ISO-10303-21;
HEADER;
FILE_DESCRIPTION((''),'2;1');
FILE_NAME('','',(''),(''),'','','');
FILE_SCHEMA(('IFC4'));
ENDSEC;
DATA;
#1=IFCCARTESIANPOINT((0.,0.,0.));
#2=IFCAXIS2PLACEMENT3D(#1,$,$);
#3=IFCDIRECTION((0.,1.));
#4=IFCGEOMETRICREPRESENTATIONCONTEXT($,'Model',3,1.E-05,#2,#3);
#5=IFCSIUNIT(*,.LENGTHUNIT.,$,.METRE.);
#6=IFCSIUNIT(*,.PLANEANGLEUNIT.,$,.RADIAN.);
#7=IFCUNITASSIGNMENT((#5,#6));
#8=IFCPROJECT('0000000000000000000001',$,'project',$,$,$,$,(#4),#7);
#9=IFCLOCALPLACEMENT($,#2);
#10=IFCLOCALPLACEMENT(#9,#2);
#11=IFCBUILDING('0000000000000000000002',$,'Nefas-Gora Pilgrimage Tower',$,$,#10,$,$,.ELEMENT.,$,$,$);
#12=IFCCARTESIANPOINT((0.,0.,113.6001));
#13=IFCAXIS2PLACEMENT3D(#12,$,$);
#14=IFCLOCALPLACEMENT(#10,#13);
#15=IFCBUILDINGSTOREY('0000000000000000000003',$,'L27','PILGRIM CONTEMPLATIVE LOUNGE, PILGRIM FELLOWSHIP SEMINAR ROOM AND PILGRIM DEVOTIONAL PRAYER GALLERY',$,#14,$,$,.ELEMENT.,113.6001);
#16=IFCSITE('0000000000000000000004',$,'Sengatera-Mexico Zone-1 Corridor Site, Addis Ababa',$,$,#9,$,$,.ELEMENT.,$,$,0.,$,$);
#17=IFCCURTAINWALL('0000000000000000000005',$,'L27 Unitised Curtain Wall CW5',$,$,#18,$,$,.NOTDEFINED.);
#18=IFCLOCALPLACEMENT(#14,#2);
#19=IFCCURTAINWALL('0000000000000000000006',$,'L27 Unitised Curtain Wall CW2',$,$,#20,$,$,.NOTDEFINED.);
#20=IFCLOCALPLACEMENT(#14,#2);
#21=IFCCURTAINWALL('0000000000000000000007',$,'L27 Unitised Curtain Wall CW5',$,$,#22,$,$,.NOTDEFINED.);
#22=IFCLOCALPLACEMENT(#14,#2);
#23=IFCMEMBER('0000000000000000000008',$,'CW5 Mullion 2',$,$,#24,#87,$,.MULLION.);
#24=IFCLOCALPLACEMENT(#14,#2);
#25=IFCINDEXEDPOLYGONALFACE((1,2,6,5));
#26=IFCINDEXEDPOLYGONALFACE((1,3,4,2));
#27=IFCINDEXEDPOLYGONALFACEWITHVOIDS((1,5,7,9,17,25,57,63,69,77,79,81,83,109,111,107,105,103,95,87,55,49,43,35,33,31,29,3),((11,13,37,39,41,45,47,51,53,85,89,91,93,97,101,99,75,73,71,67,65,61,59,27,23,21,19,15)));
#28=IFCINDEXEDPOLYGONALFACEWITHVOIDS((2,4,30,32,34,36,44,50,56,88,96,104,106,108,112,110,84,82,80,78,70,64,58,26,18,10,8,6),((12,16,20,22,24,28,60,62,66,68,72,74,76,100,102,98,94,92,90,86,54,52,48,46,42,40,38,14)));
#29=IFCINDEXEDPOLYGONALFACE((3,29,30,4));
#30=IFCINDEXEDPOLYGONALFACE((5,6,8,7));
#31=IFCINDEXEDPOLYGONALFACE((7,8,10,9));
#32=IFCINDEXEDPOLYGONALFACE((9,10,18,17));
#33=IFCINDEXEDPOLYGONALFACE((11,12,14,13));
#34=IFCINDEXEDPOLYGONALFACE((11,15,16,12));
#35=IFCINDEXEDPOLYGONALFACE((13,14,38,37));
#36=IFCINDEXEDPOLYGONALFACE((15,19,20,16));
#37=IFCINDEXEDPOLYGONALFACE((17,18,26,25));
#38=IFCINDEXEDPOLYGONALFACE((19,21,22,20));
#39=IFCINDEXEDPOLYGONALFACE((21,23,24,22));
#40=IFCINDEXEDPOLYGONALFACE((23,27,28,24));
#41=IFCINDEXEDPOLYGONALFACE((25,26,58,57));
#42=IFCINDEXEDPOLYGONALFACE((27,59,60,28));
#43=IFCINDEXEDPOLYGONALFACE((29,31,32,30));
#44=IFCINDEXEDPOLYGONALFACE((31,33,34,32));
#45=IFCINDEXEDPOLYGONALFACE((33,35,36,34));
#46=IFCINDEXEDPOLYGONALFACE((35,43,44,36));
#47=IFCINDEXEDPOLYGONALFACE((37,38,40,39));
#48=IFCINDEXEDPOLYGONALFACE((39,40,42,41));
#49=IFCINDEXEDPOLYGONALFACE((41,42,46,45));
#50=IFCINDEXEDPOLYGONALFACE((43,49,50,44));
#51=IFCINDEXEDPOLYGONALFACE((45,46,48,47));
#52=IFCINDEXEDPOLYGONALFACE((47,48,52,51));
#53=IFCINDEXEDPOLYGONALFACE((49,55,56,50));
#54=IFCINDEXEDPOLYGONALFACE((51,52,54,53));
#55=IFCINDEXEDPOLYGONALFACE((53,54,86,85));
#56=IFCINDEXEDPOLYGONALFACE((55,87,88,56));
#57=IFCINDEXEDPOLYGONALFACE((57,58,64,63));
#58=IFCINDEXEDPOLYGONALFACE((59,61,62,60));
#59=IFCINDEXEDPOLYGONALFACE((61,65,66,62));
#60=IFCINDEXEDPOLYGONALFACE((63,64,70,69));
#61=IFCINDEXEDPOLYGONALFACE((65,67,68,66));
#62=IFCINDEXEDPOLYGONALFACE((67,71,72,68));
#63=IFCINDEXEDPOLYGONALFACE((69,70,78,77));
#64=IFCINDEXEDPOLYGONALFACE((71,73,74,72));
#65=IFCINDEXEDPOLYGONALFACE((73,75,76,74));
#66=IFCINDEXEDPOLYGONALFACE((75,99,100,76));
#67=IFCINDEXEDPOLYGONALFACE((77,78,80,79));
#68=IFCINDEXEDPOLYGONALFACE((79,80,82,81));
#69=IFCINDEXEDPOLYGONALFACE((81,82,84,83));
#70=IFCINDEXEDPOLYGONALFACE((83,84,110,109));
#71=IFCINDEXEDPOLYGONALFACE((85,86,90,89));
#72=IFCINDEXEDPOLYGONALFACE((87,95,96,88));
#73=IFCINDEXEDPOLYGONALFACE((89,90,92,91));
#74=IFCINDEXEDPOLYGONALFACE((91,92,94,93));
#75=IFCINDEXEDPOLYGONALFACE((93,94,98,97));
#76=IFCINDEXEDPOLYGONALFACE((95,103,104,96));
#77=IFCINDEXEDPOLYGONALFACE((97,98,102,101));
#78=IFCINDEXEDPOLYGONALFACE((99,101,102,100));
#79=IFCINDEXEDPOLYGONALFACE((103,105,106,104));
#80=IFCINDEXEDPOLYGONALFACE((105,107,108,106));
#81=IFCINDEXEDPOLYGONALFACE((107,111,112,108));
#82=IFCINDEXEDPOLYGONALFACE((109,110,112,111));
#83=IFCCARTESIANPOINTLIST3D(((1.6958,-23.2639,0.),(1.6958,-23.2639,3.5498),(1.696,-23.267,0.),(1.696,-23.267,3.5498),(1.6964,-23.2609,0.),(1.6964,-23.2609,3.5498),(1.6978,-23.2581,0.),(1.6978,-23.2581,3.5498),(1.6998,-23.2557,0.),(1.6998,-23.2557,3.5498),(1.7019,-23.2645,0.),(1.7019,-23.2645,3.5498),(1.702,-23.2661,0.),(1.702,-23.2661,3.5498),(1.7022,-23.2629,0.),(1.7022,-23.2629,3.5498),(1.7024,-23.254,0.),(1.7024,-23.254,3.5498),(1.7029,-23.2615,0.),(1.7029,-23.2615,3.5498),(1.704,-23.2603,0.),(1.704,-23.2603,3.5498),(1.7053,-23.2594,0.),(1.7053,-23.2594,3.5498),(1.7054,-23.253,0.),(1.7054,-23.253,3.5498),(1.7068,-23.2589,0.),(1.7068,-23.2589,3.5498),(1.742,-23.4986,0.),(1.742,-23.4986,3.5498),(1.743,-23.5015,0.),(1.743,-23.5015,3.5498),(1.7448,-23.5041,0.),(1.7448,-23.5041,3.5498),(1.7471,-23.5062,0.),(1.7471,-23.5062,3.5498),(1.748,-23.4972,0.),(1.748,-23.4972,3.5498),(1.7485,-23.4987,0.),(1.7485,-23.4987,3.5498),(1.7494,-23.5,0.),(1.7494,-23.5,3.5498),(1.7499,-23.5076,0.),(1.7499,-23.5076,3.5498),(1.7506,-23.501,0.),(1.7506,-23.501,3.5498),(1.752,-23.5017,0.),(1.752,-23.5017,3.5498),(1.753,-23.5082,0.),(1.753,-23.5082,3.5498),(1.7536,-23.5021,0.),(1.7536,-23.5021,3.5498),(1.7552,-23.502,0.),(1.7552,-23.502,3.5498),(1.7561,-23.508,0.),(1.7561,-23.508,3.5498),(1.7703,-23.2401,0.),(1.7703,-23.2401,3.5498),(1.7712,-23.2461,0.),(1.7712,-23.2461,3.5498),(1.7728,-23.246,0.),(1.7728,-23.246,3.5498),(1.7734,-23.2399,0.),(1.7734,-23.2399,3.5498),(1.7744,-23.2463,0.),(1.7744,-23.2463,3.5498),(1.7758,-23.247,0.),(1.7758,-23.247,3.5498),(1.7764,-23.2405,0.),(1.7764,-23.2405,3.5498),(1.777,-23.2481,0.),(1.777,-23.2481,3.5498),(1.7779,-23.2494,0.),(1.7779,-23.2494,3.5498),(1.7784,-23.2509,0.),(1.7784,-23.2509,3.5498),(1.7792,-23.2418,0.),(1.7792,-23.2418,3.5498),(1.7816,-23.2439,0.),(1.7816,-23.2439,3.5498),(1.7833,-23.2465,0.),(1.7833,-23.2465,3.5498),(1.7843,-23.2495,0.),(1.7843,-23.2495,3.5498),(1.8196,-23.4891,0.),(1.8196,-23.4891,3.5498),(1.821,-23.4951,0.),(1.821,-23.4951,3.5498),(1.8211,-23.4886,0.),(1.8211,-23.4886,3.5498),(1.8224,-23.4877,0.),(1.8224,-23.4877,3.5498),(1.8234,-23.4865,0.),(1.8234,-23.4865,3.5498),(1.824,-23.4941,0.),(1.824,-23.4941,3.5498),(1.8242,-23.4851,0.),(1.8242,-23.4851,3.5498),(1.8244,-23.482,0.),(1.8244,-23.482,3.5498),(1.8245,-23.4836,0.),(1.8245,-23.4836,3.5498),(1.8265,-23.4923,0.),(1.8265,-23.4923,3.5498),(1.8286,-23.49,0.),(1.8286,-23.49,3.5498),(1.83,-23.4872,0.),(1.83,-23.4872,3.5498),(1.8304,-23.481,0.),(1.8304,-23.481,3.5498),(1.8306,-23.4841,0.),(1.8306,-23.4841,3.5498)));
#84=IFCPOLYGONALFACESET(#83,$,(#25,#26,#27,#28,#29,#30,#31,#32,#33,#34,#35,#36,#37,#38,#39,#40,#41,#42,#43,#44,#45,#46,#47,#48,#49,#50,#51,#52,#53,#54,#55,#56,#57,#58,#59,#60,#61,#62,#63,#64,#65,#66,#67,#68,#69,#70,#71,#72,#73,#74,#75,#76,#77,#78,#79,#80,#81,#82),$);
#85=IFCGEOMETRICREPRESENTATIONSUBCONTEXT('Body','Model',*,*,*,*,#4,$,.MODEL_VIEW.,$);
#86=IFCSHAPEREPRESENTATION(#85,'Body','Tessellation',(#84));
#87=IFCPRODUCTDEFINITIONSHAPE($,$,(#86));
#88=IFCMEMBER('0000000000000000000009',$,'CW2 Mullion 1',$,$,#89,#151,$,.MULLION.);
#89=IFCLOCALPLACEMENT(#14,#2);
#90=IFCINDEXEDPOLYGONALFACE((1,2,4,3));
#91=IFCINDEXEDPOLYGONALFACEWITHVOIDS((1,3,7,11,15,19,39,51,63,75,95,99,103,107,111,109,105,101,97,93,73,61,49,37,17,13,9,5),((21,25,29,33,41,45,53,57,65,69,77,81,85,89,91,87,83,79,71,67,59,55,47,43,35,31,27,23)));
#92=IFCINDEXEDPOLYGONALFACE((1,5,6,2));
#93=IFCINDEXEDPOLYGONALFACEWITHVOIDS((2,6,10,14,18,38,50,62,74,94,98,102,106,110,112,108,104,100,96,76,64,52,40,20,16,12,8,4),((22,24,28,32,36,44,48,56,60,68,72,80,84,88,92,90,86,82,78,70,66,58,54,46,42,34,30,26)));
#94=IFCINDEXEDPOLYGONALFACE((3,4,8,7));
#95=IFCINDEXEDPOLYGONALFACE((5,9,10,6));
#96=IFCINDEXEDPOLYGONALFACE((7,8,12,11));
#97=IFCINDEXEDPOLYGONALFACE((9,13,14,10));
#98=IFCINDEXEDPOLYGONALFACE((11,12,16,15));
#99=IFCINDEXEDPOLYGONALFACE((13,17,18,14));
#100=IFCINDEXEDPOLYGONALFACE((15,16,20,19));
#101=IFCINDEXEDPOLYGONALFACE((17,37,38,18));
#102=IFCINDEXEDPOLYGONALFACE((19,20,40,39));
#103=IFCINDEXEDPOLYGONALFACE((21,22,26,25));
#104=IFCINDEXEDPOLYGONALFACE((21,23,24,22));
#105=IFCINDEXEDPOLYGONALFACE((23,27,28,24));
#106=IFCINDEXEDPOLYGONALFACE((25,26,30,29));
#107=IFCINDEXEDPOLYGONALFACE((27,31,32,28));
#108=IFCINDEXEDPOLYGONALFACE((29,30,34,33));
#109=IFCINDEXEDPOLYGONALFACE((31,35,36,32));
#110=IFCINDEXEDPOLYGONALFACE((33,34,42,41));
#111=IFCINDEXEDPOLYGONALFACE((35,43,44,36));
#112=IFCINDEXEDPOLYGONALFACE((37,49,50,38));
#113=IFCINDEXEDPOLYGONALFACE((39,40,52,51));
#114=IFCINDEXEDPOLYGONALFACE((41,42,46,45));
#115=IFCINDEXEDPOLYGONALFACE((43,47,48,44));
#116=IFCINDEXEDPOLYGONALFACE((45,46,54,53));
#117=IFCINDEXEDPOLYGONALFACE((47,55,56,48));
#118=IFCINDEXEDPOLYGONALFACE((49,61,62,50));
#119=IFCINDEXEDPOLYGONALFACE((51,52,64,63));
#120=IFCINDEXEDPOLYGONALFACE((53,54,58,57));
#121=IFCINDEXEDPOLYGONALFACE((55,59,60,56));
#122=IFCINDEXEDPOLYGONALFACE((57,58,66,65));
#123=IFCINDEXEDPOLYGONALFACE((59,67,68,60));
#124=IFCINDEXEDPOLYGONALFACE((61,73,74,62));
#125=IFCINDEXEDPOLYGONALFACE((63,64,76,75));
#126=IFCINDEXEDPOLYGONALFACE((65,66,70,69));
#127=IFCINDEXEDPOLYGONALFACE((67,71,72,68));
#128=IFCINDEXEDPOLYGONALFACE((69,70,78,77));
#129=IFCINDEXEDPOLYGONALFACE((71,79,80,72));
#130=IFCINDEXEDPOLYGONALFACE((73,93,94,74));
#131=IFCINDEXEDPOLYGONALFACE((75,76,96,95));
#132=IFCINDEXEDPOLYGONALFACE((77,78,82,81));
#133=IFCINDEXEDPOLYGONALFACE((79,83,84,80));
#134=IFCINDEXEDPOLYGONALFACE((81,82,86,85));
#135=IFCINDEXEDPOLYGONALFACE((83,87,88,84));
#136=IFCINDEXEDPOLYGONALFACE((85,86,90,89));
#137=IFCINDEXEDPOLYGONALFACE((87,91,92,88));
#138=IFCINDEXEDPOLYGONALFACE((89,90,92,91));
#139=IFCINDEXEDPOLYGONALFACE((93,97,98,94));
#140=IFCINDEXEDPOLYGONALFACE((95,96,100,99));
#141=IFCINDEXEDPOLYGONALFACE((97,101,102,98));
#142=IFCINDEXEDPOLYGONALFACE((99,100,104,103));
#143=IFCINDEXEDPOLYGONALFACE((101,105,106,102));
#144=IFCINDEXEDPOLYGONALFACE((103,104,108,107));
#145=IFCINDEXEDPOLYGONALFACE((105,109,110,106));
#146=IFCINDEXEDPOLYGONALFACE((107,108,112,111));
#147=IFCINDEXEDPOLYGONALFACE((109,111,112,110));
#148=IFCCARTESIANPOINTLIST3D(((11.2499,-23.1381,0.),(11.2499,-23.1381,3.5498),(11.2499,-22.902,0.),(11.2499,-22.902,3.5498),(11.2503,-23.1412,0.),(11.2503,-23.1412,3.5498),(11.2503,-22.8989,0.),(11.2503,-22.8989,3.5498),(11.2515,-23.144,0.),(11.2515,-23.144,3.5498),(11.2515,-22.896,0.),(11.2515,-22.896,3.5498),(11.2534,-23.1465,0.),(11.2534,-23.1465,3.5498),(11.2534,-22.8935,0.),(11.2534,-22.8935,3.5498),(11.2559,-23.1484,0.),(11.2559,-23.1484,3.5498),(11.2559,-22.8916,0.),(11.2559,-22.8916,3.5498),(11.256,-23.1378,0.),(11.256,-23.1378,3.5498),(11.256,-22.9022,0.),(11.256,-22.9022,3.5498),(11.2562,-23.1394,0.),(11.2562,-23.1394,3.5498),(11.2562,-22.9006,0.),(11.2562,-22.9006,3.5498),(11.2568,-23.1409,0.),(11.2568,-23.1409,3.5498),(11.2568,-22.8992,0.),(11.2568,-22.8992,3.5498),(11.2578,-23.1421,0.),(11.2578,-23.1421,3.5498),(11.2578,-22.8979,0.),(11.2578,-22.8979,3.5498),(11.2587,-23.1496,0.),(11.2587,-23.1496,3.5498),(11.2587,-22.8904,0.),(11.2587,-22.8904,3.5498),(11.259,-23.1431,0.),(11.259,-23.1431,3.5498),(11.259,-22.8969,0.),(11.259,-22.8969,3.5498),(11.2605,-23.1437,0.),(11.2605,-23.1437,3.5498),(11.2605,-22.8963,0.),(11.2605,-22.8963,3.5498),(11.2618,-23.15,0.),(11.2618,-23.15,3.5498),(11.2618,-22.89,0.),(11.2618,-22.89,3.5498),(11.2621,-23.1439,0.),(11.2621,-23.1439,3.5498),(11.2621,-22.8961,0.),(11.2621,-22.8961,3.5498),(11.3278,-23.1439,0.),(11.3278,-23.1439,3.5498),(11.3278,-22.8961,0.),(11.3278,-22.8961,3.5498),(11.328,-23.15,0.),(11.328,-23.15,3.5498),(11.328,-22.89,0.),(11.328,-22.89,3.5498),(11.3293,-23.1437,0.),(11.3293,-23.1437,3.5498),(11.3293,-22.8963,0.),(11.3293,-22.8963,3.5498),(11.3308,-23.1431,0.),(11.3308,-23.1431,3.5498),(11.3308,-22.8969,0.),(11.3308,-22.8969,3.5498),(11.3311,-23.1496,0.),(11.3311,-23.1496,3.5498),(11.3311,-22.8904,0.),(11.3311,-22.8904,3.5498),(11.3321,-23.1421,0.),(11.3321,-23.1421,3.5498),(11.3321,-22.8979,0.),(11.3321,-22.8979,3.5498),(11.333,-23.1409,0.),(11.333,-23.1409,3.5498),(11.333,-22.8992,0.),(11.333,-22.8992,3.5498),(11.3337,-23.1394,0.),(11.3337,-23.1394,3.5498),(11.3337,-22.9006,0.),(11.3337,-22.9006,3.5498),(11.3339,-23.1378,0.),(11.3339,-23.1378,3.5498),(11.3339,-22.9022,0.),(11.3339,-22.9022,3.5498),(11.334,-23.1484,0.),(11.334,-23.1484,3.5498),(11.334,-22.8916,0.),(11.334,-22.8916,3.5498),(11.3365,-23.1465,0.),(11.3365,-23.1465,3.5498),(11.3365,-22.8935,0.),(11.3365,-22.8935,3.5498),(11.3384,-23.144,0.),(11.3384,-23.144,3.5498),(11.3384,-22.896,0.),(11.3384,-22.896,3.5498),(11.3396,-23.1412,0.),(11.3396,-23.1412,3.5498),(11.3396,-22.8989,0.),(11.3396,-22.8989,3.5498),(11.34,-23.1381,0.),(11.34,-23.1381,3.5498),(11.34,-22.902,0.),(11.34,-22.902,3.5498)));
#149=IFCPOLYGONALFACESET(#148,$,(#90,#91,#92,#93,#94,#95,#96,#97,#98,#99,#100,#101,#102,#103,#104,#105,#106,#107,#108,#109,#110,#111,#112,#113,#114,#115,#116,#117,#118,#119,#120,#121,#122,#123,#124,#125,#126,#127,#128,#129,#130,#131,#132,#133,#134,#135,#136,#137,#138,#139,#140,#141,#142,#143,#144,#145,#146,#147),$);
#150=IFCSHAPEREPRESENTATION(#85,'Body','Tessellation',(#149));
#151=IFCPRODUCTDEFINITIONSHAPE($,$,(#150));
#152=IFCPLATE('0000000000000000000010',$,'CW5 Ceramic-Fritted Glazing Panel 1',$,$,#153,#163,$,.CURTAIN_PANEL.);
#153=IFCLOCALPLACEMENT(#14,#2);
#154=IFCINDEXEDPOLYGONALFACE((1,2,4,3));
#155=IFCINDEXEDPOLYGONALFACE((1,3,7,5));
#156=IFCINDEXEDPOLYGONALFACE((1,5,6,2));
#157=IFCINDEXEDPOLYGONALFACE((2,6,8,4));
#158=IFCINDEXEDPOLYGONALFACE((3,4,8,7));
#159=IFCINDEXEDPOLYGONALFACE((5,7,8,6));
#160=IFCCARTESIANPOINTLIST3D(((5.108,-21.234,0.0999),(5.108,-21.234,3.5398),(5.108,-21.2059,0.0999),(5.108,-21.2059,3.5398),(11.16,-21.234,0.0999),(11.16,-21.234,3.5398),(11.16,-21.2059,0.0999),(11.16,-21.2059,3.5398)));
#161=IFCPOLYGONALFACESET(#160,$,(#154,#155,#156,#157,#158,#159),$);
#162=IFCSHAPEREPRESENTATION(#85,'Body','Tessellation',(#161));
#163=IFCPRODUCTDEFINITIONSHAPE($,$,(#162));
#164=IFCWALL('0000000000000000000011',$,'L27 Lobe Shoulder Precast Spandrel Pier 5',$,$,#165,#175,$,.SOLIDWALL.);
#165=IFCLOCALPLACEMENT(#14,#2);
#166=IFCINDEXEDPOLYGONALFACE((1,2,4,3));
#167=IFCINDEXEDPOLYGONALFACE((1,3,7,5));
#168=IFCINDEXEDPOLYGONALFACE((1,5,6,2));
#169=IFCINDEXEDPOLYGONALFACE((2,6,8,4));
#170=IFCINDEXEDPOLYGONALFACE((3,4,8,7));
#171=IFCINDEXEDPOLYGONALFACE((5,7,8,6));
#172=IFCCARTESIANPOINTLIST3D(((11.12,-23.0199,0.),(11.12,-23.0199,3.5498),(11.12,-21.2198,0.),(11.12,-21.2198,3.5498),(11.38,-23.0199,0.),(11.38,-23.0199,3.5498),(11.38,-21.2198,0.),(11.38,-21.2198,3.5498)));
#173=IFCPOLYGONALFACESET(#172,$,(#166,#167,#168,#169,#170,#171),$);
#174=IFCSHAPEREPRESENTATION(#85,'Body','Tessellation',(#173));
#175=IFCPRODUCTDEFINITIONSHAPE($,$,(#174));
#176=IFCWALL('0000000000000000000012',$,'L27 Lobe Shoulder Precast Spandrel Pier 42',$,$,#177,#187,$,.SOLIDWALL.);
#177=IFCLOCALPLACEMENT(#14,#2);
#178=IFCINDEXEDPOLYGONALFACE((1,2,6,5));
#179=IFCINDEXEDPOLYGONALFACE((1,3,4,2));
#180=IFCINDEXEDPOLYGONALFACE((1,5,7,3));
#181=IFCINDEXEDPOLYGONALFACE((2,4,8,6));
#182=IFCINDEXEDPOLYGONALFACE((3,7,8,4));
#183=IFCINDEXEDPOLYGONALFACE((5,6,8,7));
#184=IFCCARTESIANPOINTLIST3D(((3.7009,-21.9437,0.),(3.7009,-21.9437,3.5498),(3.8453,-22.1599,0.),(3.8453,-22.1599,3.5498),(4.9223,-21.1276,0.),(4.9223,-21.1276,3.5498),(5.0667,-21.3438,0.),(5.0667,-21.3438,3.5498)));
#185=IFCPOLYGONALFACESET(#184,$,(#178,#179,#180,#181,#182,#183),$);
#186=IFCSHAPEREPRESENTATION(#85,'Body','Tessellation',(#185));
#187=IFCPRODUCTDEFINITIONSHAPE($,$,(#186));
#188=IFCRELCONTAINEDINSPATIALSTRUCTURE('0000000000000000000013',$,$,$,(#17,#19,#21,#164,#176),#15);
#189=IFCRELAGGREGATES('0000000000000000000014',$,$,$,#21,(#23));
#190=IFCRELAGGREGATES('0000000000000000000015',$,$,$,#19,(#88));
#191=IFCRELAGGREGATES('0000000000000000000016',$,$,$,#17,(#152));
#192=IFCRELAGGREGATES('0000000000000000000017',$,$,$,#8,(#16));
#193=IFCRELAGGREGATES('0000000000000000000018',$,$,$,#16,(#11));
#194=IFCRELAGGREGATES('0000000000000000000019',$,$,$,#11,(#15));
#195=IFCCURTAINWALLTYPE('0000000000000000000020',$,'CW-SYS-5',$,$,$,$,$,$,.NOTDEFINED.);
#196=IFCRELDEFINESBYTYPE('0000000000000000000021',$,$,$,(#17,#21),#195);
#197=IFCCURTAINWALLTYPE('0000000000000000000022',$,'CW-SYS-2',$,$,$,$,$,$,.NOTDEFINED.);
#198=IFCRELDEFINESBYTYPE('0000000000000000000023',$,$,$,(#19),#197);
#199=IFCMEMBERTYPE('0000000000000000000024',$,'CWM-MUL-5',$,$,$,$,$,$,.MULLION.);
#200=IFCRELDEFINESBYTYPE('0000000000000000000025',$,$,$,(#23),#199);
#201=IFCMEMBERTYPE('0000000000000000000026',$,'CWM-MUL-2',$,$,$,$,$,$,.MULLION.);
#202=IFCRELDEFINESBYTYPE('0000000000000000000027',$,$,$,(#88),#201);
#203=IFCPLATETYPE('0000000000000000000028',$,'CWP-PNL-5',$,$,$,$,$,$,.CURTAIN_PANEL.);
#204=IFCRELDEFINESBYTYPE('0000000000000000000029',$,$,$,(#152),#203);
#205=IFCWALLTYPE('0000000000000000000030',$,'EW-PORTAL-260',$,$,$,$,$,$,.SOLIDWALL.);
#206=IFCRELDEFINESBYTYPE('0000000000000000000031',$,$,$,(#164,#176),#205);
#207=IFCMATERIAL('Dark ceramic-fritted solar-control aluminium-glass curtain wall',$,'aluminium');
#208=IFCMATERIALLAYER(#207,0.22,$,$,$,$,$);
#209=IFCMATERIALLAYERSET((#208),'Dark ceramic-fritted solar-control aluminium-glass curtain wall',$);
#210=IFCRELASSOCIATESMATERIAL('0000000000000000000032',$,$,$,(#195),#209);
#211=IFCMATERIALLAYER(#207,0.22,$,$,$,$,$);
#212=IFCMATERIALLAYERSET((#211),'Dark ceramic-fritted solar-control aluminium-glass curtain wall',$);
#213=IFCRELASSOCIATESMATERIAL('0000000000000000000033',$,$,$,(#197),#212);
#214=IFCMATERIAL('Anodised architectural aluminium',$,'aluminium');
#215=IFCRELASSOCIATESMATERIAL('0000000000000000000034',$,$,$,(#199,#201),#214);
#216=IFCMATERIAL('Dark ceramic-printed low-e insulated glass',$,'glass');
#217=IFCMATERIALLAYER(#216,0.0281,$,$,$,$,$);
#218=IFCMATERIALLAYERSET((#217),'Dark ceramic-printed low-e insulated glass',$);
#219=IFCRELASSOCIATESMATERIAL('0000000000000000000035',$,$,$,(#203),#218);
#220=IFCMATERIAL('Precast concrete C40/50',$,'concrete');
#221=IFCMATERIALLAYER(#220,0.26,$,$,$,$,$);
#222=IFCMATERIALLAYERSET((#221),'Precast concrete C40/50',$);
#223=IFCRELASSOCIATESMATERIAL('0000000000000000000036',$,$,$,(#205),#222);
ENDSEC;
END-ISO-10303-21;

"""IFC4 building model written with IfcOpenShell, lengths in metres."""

from ifc_helpers import new_model, si_unit, direction, frame, frame_2d, origin, origin_2d, place, context, subcontext, project, spatial, rectangle, hollow_rectangle, extrude, source, transform, mapped, material, layer, layer_set, material_profile, profile_set, type_object, element, aggregate, save


model = new_model("IFC4")

# Units and contexts
model_context = context("Model", 3, precision=1e-05, world=origin(), true_north=direction((0.0, 1.0)))
body_context = subcontext(model_context, "Body", "Model", "MODEL_VIEW")
ifc_project = project(units=[si_unit("LENGTHUNIT", "METRE"), si_unit("PLANEANGLEUNIT", "RADIAN")], contexts=[model_context])

# Site, building, storey
site_placement = place(None, origin())
site = spatial("IfcSite", under=ifc_project, at=site_placement, Name="Sengatera-Mexico Zone-1 Corridor Site, Addis Ababa", CompositionType="ELEMENT", RefElevation=0.0)
building_placement = place(site_placement, origin())
building = spatial("IfcBuilding", under=site, at=building_placement, Name="Nefas-Gora Pilgrimage Tower", CompositionType="ELEMENT")
storey_placement = place(building_placement, frame((0.0, 0.0, 113.6001)))
storey = spatial("IfcBuildingStorey", under=building, at=storey_placement, Name="L27", Description="PILGRIM CONTEMPLATIVE LOUNGE, PILGRIM FELLOWSHIP SEMINAR ROOM AND PILGRIM DEVOTIONAL PRAYER GALLERY", CompositionType="ELEMENT", Elevation=113.6001)

# Curtain walls
ifc_material_1 = material(Name="Dark ceramic-fritted solar-control aluminium-glass curtain wall", Category="aluminium")
ifc_layer_1 = layer(ifc_material_1, 0.22)
ifc_layer_set_1 = layer_set([ifc_layer_1], Name="Dark ceramic-fritted solar-control aluminium-glass curtain wall")
curtain_wall_type_1 = type_object("IfcCurtainWallType", Name="CW-SYS-5", PredefinedType="NOTDEFINED", material=ifc_layer_set_1)
curtain_wall_1_placement = place(storey_placement, origin())
curtain_wall_1 = element("IfcCurtainWall", 1, at=curtain_wall_1_placement, inside=storey, type_object=curtain_wall_type_1, Name="L27 Unitised Curtain Wall CW5", PredefinedType="NOTDEFINED")
ifc_material_2 = material(Name="Anodised architectural aluminium", Category="aluminium")
ifc_layer_2 = layer(ifc_material_1, 0.22)
ifc_layer_set_2 = layer_set([ifc_layer_2], Name="Dark ceramic-fritted solar-control aluminium-glass curtain wall")
curtain_wall_type_2 = type_object("IfcCurtainWallType", Name="CW-SYS-2", PredefinedType="NOTDEFINED", material=ifc_layer_set_2)
curtain_wall_2_placement = place(storey_placement, origin())
curtain_wall_2 = element("IfcCurtainWall", 2, at=curtain_wall_2_placement, inside=storey, type_object=curtain_wall_type_2, Name="L27 Unitised Curtain Wall CW2", PredefinedType="NOTDEFINED")

# Shared definitions
ifc_material_profile_1 = material_profile(ifc_material_2, hollow_rectangle(XDim=0.0901, YDim=0.26, WallThickness=0.0061, InnerFilletRadius=0.0061, OuterFilletRadius=0.012, at=origin_2d()), Name="ALU MULLION 90x260")
ifc_profile_set_1 = profile_set([ifc_material_profile_1], Name="Anodised architectural aluminium")
member_type_1 = type_object("IfcMemberType", Name="CWM-MUL-5", PredefinedType="MULLION", material=ifc_profile_set_1)
shared_shape_1 = source(origin(), body_context, "Body", "SweptSolid", [
    extrude(hollow_rectangle(XDim=0.0901, YDim=0.26, WallThickness=0.0061, InnerFilletRadius=0.0061, OuterFilletRadius=0.012, at=origin_2d()), origin(), (0.0, 0.0, 1.0), 3.5498),
])

# Curtain wall, member
curtain_wall_3_placement = place(storey_placement, origin())
curtain_wall_3 = element("IfcCurtainWall", 3, at=curtain_wall_3_placement, inside=storey, type_object=curtain_wall_type_1, Name="L27 Unitised Curtain Wall CW5", PredefinedType="NOTDEFINED")
member_1_placement = place(storey_placement, frame((1.7632, -23.374, 0.0), z_axis=(0.0, 0.0, 1.0), x_axis=(0.980783, 0.195102, 0.0)))
member_1 = element("IfcMember", 4, at=member_1_placement, type_object=member_type_1, Name="CW5 Mullion 2", PredefinedType="MULLION", context=body_context, shape_type="MappedRepresentation", body=[
    mapped(shared_shape_1, transform((0.0, 0.0, 0.0), x_axis=(1.0, 0.0, 0.0), y_axis=(0.0, 1.0, 0.0), z_axis=(0.0, 0.0, 1.0), scale=1.0)),
])
aggregate(curtain_wall_3, [member_1])

# Member
ifc_material_profile_2 = material_profile(ifc_material_2, hollow_rectangle(XDim=0.0901, YDim=0.26, WallThickness=0.0061, InnerFilletRadius=0.0061, OuterFilletRadius=0.012, at=origin_2d()), Name="ALU MULLION 90x260")
ifc_profile_set_2 = profile_set([ifc_material_profile_2], Name="Anodised architectural aluminium")
member_type_2 = type_object("IfcMemberType", Name="CWM-MUL-2", PredefinedType="MULLION", material=ifc_profile_set_2)
shared_shape_2 = source(origin(), body_context, "Body", "SweptSolid", [
    extrude(hollow_rectangle(XDim=0.0901, YDim=0.26, WallThickness=0.0061, InnerFilletRadius=0.0061, OuterFilletRadius=0.012, at=origin_2d()), origin(), (0.0, 0.0, 1.0), 3.5498),
])
member_2_placement = place(storey_placement, frame((11.2949, -23.02, 0.0), z_axis=(0.0, 0.0, 1.0), x_axis=(1.0, 0.0, 0.0)))
member_2 = element("IfcMember", 5, at=member_2_placement, type_object=member_type_2, Name="CW2 Mullion 1", PredefinedType="MULLION", context=body_context, shape_type="MappedRepresentation", body=[
    mapped(shared_shape_2, transform((0.0, 0.0, 0.0), x_axis=(1.0, 0.0, 0.0), y_axis=(0.0, 1.0, 0.0), z_axis=(0.0, 0.0, 1.0), scale=1.0)),
])
aggregate(curtain_wall_2, [member_2])

# Plate
ifc_material_3 = material(Name="Dark ceramic-printed low-e insulated glass", Category="glass")
ifc_layer_3 = layer(ifc_material_3, 0.0281)
ifc_layer_set_3 = layer_set([ifc_layer_3], Name="Dark ceramic-printed low-e insulated glass")
plate_type = type_object("IfcPlateType", Name="CWP-PNL-5", PredefinedType="CURTAIN_PANEL", material=ifc_layer_set_3)
shared_shape_3 = source(origin(), body_context, "Body", "SweptSolid", [
    extrude(rectangle(XDim=6.052, YDim=0.0281, at=origin_2d()), origin(), (0.0, 0.0, 1.0), 3.4399),
])
plate_placement = place(storey_placement, frame((8.134, -21.22, 0.0999), z_axis=(0.0, 0.0, 1.0), x_axis=(1.0, 0.0, 0.0)))
plate = element("IfcPlate", 6, at=plate_placement, type_object=plate_type, Name="CW5 Ceramic-Fritted Glazing Panel 1", PredefinedType="CURTAIN_PANEL", context=body_context, shape_type="MappedRepresentation", body=[
    mapped(shared_shape_3, transform((0.0, 0.0, 0.0), x_axis=(1.0, 0.0, 0.0), y_axis=(0.0, 1.0, 0.0), z_axis=(0.0, 0.0, 1.0), scale=1.0)),
])
aggregate(curtain_wall_1, [plate])

# Walls
ifc_material_4 = material(Name="Precast concrete C40/50", Category="concrete")
ifc_layer_4 = layer(ifc_material_4, 0.26)
ifc_layer_set_4 = layer_set([ifc_layer_4], Name="Precast concrete C40/50")
wall_type_1 = type_object("IfcWallType", Name="EW-PORTAL-260", PredefinedType="SOLIDWALL", material=ifc_layer_set_4)
shared_shape_4 = source(origin(), body_context, "Body", "SweptSolid", [
    extrude(rectangle(XDim=1.8, YDim=0.26, at=frame_2d((0.8999, 0.0))), origin(), (0.0, 0.0, 1.0), 3.5498),
])
wall_1_placement = place(storey_placement, frame((11.25, -21.22, 0.0), z_axis=(0.0, 0.0, 1.0), x_axis=(0.0, -1.0, 0.0)))
element("IfcWall", 7, at=wall_1_placement, inside=storey, type_object=wall_type_1, Name="L27 Lobe Shoulder Precast Spandrel Pier 5", PredefinedType="SOLIDWALL", context=body_context, shape_type="MappedRepresentation", body=[
    mapped(shared_shape_4, transform((0.0, 0.0, 0.0), x_axis=(1.0, 0.0, 0.0), y_axis=(0.0, 1.0, 0.0), z_axis=(0.0, 0.0, 1.0), scale=1.0)),
])
shared_shape_5 = source(origin(), body_context, "Body", "SweptSolid", [
    extrude(rectangle(XDim=1.469, YDim=0.26, at=frame_2d((0.7344, 0.0))), origin(), (0.0, 0.0, 1.0), 3.5498),
])
wall_2_placement = place(storey_placement, frame((3.7732, -22.0518, 0.0), z_axis=(0.0, 0.0, 1.0), x_axis=(0.831462, 0.555582, 0.0)))
element("IfcWall", 8, at=wall_2_placement, inside=storey, type_object=wall_type_1, Name="L27 Lobe Shoulder Precast Spandrel Pier 42", PredefinedType="SOLIDWALL", context=body_context, shape_type="MappedRepresentation", body=[
    mapped(shared_shape_5, transform((0.0, 0.0, 0.0), x_axis=(1.0, 0.0, 0.0), y_axis=(0.0, 1.0, 0.0), z_axis=(0.0, 0.0, 1.0), scale=1.0)),
])

save(model, "model.ifc")
